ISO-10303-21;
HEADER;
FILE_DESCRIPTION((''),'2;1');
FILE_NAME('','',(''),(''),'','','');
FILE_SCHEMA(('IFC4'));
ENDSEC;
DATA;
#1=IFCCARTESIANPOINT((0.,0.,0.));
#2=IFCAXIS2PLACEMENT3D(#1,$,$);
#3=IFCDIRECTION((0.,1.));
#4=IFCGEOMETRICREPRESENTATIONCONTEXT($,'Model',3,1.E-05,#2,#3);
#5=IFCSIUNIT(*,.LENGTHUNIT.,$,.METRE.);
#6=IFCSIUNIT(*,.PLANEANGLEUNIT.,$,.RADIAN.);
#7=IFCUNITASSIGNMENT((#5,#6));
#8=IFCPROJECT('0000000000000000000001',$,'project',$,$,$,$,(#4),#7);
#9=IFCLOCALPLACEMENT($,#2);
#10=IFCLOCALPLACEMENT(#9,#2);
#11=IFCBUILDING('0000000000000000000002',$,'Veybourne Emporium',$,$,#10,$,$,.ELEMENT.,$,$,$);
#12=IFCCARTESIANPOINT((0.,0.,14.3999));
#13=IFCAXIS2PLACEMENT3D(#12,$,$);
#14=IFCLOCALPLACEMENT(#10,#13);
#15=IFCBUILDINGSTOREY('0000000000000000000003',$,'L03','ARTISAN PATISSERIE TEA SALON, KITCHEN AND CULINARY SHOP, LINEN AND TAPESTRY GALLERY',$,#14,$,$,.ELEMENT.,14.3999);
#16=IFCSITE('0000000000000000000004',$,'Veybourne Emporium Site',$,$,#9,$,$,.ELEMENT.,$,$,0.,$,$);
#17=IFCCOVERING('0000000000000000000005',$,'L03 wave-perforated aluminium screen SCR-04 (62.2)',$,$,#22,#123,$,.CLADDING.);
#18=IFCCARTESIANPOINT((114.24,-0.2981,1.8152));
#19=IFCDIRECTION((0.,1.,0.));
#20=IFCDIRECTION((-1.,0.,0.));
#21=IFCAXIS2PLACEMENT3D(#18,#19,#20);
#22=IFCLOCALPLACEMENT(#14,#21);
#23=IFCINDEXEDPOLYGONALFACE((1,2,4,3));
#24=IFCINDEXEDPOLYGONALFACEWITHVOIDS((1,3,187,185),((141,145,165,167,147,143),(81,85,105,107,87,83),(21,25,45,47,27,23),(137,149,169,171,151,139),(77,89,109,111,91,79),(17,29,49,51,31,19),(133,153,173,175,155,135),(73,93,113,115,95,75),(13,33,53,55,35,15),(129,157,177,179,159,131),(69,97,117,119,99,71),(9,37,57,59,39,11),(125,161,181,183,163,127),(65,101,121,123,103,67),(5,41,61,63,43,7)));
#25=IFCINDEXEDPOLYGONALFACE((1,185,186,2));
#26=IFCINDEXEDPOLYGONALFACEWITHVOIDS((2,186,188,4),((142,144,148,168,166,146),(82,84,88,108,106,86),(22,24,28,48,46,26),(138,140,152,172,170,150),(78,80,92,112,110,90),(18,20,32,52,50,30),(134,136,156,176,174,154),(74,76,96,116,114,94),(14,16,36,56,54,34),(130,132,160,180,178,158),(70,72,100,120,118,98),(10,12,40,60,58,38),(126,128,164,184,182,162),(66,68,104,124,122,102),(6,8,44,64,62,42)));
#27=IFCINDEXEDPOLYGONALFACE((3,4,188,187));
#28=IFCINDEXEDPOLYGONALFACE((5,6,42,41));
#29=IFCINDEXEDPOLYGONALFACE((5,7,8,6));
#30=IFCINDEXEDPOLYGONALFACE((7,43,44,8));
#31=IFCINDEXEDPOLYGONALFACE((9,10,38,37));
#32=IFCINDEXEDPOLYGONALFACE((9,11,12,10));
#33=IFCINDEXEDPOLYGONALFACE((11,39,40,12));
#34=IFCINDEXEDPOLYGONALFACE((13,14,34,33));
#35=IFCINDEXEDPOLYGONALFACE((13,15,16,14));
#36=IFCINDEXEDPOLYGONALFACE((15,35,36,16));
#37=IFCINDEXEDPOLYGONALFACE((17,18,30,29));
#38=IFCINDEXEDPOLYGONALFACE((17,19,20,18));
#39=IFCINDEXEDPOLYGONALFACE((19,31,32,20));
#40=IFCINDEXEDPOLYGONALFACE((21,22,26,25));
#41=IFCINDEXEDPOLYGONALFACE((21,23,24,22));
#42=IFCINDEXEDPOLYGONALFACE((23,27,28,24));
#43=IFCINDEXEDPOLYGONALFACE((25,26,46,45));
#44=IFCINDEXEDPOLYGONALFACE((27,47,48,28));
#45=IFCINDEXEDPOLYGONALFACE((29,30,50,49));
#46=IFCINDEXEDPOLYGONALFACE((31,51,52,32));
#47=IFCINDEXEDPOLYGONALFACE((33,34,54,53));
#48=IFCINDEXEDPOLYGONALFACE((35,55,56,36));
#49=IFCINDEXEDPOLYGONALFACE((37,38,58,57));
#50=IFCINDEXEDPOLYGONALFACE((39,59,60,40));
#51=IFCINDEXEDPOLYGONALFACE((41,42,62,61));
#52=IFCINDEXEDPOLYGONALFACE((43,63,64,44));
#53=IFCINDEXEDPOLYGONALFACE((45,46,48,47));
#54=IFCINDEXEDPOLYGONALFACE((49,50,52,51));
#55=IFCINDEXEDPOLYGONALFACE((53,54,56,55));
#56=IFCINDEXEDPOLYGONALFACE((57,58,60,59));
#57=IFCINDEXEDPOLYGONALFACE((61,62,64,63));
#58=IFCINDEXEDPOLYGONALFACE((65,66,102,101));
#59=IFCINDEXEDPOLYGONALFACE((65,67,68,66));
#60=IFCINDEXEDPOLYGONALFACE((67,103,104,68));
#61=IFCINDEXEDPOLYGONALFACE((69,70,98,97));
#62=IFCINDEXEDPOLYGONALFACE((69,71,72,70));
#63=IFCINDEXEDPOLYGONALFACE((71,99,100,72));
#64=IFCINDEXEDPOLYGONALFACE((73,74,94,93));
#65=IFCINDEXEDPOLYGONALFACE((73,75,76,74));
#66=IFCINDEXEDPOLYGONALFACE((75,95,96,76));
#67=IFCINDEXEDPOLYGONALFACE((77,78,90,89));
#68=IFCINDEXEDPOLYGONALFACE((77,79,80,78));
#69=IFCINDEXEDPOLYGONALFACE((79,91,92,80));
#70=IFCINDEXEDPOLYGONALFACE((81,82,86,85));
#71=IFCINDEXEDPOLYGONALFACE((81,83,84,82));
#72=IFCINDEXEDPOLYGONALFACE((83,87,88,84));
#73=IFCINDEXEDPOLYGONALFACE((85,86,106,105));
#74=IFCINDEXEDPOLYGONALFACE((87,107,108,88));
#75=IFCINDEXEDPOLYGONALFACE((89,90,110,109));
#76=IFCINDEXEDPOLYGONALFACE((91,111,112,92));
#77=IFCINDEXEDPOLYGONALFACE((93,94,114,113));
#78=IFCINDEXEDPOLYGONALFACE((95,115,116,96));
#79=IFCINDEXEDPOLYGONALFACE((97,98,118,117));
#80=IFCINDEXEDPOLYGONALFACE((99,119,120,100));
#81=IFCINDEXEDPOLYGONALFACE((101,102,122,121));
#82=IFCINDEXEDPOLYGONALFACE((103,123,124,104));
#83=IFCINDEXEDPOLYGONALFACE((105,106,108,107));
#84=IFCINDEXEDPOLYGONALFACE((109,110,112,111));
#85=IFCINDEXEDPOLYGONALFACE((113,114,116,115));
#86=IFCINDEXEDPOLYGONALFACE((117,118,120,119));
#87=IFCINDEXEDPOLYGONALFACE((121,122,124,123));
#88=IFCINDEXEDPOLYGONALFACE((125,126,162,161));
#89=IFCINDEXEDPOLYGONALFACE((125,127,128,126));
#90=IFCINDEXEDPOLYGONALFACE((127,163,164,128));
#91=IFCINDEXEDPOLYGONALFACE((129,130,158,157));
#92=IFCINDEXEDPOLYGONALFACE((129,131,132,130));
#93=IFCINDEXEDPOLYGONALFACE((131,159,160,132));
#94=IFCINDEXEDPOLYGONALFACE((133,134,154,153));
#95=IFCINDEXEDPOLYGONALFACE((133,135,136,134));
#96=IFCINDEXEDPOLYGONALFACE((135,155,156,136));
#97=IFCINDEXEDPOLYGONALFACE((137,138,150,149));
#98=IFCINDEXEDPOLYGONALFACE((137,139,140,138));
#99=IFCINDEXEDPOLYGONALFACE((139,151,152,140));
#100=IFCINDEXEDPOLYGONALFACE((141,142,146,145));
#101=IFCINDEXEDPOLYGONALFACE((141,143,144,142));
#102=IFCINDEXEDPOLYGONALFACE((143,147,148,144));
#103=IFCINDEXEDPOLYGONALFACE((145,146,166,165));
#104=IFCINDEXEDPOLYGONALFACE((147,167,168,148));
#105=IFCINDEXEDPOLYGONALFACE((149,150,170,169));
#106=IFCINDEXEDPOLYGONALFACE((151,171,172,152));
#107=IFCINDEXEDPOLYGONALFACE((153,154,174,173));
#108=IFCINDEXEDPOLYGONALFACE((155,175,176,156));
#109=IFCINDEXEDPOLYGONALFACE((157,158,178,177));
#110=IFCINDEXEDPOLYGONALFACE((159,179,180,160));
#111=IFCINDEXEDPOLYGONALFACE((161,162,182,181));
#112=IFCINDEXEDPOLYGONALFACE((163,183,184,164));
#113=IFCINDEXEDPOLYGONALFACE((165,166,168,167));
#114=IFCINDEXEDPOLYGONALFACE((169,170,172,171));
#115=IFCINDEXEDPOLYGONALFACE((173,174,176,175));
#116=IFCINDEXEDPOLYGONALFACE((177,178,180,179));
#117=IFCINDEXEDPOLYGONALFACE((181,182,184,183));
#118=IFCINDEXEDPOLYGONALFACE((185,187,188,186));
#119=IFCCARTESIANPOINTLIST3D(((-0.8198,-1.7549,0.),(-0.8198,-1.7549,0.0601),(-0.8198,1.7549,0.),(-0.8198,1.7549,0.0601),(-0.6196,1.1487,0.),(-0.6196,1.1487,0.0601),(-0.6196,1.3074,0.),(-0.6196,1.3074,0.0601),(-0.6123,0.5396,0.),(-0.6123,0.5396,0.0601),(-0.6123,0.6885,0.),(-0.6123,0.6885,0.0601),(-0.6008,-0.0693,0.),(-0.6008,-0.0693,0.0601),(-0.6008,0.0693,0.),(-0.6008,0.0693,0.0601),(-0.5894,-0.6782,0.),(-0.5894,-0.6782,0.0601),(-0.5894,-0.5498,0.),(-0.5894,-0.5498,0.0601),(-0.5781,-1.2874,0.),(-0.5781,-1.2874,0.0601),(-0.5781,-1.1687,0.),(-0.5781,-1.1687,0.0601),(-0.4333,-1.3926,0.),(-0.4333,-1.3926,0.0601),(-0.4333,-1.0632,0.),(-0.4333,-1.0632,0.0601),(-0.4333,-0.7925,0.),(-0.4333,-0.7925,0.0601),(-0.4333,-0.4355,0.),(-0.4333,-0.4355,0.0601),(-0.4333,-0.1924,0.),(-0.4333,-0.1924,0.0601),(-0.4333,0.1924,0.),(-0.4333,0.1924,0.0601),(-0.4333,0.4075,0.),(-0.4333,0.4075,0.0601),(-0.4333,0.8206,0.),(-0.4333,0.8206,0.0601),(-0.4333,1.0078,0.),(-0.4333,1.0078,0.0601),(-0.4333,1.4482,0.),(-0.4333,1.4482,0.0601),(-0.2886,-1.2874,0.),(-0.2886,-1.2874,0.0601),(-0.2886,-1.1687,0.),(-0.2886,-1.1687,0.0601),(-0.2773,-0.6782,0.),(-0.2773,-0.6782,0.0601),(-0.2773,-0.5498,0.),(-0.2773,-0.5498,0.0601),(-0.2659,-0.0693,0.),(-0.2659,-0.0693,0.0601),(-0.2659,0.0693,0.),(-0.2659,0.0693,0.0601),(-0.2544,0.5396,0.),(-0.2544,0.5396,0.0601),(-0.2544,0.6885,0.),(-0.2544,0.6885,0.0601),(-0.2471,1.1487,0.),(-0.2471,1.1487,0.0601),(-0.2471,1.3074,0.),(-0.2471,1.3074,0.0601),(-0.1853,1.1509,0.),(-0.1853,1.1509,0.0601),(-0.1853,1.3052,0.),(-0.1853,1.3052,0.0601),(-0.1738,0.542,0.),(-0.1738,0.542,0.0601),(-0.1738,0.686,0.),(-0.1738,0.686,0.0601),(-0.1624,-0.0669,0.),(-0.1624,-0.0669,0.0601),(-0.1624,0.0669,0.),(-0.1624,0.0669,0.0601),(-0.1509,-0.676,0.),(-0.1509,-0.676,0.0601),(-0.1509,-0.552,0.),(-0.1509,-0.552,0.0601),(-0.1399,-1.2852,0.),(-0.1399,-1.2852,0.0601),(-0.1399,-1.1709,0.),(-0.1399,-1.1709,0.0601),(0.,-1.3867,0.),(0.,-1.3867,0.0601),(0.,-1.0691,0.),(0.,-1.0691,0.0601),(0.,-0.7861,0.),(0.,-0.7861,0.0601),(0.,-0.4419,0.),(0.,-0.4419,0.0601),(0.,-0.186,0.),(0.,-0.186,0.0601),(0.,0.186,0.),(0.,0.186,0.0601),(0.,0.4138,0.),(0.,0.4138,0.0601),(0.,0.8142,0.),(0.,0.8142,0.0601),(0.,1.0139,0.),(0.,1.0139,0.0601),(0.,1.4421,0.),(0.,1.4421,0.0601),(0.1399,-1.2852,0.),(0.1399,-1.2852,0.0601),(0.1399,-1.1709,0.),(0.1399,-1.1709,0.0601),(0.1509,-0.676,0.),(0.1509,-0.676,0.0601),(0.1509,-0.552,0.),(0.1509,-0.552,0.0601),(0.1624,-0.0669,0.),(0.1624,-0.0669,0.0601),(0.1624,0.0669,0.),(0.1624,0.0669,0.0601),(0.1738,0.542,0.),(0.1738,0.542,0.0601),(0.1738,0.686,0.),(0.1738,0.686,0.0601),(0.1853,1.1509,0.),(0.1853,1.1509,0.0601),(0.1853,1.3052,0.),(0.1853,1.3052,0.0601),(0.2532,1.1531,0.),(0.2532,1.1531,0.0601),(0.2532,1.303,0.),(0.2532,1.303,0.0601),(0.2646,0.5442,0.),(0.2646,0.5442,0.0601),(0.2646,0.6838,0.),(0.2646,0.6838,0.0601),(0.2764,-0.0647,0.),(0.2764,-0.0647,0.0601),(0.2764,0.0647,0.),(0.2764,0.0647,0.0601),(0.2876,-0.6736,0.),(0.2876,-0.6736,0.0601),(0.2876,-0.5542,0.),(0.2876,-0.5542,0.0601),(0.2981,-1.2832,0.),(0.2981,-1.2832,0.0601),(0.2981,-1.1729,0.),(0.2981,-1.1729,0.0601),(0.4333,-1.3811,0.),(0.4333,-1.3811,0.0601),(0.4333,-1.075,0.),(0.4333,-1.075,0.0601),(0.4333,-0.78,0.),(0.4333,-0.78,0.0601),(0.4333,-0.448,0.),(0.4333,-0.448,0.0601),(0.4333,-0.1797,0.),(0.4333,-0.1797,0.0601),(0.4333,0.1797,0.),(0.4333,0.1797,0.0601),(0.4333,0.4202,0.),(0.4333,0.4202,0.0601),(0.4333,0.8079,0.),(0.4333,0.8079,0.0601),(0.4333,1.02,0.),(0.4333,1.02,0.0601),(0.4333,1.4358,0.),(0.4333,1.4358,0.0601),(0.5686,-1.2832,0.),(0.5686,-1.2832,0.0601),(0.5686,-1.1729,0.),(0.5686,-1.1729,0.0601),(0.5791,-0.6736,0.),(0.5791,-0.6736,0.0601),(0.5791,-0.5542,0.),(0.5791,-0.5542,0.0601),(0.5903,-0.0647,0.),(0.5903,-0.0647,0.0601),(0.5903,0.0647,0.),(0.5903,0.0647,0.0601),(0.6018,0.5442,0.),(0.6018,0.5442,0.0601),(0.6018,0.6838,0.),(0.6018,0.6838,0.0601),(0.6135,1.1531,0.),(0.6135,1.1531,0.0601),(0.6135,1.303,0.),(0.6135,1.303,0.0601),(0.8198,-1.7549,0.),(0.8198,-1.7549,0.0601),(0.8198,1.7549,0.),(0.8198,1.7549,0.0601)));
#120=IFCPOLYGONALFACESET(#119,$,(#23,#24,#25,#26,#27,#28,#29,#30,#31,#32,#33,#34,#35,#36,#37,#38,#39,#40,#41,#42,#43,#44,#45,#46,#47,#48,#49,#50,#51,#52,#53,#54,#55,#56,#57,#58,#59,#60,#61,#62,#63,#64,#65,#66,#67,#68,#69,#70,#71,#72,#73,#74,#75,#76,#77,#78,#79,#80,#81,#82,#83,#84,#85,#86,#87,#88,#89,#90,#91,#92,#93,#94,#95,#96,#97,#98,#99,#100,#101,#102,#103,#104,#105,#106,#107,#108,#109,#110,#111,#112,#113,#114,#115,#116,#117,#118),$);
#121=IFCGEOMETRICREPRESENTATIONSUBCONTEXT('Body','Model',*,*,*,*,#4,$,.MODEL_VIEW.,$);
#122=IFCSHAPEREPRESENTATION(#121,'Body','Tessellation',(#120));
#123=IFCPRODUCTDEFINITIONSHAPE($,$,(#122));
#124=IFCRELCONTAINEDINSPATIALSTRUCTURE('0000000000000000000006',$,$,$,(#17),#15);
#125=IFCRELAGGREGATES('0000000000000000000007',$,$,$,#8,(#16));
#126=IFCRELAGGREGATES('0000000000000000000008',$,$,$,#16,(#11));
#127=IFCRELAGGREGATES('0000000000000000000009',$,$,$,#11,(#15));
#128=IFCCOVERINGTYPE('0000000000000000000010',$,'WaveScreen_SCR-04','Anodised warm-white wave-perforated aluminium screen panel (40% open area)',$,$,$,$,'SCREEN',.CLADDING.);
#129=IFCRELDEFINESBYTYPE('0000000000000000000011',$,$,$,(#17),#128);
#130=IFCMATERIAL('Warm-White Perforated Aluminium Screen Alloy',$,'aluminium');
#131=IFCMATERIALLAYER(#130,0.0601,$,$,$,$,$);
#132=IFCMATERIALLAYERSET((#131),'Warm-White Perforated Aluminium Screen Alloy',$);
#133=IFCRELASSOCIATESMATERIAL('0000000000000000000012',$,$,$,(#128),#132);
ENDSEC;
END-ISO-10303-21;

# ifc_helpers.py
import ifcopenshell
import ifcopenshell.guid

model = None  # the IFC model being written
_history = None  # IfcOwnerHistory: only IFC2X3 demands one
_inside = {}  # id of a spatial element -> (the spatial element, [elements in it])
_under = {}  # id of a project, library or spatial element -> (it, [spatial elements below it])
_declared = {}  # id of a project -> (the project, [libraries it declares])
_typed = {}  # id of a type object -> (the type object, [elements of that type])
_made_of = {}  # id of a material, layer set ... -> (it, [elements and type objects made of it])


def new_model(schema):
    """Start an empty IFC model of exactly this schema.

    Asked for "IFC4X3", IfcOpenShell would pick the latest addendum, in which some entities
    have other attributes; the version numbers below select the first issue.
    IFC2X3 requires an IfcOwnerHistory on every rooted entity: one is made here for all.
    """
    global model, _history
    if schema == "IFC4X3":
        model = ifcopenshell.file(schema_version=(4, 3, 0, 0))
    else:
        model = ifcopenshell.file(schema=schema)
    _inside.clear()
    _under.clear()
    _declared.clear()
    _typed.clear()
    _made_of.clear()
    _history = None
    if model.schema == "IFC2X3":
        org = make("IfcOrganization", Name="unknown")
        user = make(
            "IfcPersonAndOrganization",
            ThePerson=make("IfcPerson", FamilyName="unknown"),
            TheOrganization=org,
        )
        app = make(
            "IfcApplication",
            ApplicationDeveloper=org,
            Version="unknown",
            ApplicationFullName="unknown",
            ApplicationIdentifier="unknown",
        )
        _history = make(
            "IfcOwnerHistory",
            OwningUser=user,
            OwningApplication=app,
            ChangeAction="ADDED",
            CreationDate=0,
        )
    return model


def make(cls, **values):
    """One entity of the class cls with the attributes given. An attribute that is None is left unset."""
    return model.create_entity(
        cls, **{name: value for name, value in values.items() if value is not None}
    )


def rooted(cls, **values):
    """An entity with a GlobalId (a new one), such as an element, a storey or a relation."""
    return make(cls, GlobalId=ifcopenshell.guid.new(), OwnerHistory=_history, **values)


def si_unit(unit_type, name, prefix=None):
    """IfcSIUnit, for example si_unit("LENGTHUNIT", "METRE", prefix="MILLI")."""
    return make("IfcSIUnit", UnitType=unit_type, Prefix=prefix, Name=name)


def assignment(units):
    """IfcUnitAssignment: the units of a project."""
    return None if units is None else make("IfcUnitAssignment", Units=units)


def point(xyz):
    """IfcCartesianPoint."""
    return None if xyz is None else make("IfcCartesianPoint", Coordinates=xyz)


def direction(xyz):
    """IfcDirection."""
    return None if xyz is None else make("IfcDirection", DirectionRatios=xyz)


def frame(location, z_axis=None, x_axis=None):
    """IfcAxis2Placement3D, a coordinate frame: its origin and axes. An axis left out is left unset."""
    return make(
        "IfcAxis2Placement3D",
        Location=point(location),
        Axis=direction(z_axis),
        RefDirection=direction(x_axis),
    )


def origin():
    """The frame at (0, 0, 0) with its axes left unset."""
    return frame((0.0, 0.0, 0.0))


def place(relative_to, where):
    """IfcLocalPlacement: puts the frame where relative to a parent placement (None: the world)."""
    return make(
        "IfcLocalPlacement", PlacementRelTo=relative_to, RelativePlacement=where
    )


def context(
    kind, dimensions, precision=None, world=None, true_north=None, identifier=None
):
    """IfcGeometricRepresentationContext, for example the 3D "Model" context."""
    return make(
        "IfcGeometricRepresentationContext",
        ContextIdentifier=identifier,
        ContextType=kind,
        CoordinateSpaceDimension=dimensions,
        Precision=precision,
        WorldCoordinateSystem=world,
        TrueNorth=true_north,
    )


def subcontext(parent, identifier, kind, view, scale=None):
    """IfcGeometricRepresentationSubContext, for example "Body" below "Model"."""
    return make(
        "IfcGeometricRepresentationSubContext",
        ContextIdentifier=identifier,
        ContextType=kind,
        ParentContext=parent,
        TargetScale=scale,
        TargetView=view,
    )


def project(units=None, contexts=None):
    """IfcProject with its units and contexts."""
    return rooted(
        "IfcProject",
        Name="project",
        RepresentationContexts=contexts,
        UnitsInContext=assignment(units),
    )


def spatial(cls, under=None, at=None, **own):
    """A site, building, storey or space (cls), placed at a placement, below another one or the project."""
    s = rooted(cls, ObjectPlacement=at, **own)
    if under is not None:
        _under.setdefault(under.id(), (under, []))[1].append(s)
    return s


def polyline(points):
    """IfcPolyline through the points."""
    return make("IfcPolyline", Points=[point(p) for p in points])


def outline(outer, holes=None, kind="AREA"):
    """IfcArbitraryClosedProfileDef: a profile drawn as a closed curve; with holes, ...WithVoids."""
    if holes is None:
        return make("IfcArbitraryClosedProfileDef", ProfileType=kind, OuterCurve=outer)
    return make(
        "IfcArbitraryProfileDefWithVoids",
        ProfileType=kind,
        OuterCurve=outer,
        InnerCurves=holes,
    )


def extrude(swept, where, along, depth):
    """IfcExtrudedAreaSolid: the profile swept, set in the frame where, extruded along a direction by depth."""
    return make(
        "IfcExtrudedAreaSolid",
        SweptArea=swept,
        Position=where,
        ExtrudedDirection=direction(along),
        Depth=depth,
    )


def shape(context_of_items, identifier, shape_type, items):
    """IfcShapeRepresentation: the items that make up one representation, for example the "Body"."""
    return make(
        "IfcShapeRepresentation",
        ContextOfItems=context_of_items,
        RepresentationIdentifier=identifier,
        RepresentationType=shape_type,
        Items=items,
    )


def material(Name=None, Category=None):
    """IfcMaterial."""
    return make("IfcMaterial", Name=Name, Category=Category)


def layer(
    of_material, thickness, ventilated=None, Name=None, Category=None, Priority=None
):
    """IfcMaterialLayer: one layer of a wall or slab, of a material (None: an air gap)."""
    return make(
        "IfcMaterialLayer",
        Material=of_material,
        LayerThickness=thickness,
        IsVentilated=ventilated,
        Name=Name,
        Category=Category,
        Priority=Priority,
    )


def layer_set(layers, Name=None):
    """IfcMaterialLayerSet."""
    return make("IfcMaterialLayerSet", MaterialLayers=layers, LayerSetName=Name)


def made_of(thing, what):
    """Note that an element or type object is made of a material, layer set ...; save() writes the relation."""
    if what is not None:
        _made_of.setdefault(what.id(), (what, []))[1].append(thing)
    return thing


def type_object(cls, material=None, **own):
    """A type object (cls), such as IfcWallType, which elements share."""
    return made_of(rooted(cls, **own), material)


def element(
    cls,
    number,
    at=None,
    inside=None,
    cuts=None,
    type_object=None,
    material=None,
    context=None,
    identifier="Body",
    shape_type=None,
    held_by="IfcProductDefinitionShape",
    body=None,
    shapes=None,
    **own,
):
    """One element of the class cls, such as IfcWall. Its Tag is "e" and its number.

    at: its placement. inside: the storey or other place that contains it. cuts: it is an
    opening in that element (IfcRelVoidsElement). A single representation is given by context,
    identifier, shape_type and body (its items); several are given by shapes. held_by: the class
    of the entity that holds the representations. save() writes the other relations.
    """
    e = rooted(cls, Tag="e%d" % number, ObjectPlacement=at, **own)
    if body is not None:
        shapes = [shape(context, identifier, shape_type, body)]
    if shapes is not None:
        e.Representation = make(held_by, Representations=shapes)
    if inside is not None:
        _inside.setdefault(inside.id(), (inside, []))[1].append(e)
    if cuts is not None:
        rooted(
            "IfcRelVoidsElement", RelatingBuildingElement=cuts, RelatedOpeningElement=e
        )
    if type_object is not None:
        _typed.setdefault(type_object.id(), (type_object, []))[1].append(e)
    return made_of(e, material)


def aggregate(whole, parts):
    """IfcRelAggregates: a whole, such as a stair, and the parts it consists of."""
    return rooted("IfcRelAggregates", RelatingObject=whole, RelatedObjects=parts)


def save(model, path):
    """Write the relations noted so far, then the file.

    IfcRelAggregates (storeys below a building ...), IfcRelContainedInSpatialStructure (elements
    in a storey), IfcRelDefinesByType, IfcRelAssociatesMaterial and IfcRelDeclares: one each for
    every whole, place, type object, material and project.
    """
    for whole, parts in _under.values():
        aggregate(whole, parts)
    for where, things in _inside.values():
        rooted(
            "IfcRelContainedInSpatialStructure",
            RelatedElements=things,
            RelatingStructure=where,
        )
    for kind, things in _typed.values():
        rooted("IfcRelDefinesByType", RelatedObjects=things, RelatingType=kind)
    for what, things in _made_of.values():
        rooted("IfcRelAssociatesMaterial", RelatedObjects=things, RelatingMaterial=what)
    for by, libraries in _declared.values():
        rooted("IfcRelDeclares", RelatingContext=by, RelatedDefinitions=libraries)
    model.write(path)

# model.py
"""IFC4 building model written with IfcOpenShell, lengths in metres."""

from ifc_helpers import new_model, si_unit, direction, frame, origin, place, context, subcontext, project, spatial, polyline, outline, extrude, material, layer, layer_set, type_object, element, save


model = new_model("IFC4")

# Units and contexts
model_context = context("Model", 3, precision=1e-05, world=origin(), true_north=direction((0.0, 1.0)))
body_context = subcontext(model_context, "Body", "Model", "MODEL_VIEW")
ifc_project = project(units=[si_unit("LENGTHUNIT", "METRE"), si_unit("PLANEANGLEUNIT", "RADIAN")], contexts=[model_context])

# Site, building, storey
site_placement = place(None, origin())
site = spatial("IfcSite", under=ifc_project, at=site_placement, Name="Veybourne Emporium Site", CompositionType="ELEMENT", RefElevation=0.0)
building_placement = place(site_placement, origin())
building = spatial("IfcBuilding", under=site, at=building_placement, Name="Veybourne Emporium", CompositionType="ELEMENT")
storey_placement = place(building_placement, frame((0.0, 0.0, 14.3999)))
storey = spatial("IfcBuildingStorey", under=building, at=storey_placement, Name="L03", Description="ARTISAN PATISSERIE TEA SALON, KITCHEN AND CULINARY SHOP, LINEN AND TAPESTRY GALLERY", CompositionType="ELEMENT", Elevation=14.3999)

# Covering
ifc_material_1 = material(Name="Warm-White Perforated Aluminium Screen Alloy", Category="aluminium")
ifc_layer_1 = layer(ifc_material_1, 0.0601)
ifc_layer_set_1 = layer_set([ifc_layer_1], Name="Warm-White Perforated Aluminium Screen Alloy")
covering_type_1 = type_object("IfcCoveringType", Name="WaveScreen_SCR-04", Description="Anodised warm-white wave-perforated aluminium screen panel (40% open area)", ElementType="SCREEN", PredefinedType="CLADDING", material=ifc_layer_set_1)
covering_1_placement = place(storey_placement, frame((114.24, -0.2981, 1.8152), z_axis=(0.0, 1.0, 0.0), x_axis=(-1.0, 0.0, 0.0)))
element("IfcCovering", 1, at=covering_1_placement, inside=storey, type_object=covering_type_1, Name="L03 wave-perforated aluminium screen SCR-04 (62.2)", PredefinedType="CLADDING", context=body_context, shape_type="SweptSolid", body=[
    extrude(outline(polyline([(-0.8198, -1.7549), (0.8198, -1.7549), (0.8198, 1.7549), (-0.8198, 1.7549), (-0.8198, -1.7549)]), holes=[polyline([(-0.4333, -1.0632), (-0.2886, -1.1687), (-0.2886, -1.2874), (-0.4333, -1.3926), (-0.5781, -1.2874), (-0.5781, -1.1687), (-0.4333, -1.0632)]), polyline([(-0.4333, -0.4355), (-0.2773, -0.5498), (-0.2773, -0.6782), (-0.4333, -0.7925), (-0.5894, -0.6782), (-0.5894, -0.5498), (-0.4333, -0.4355)]), polyline([(-0.4333, 0.1924), (-0.2659, 0.0693), (-0.2659, -0.0693), (-0.4333, -0.1924), (-0.6008, -0.0693), (-0.6008, 0.0693), (-0.4333, 0.1924)]), polyline([(-0.4333, 0.8206), (-0.2544, 0.6885), (-0.2544, 0.5396), (-0.4333, 0.4075), (-0.6123, 0.5396), (-0.6123, 0.6885), (-0.4333, 0.8206)]), polyline([(-0.4333, 1.4482), (-0.2471, 1.3074), (-0.2471, 1.1487), (-0.4333, 1.0078), (-0.6196, 1.1487), (-0.6196, 1.3074), (-0.4333, 1.4482)]), polyline([(0.0, -1.0691), (0.1399, -1.1709), (0.1399, -1.2852), (0.0, -1.3867), (-0.1399, -1.2852), (-0.1399, -1.1709), (0.0, -1.0691)]), polyline([(0.0, -0.4419), (0.1509, -0.552), (0.1509, -0.676), (0.0, -0.7861), (-0.1509, -0.676), (-0.1509, -0.552), (0.0, -0.4419)]), polyline([(0.0, 0.186), (0.1624, 0.0669), (0.1624, -0.0669), (0.0, -0.186), (-0.1624, -0.0669), (-0.1624, 0.0669), (0.0, 0.186)]), polyline([(0.0, 0.8142), (0.1738, 0.686), (0.1738, 0.542), (0.0, 0.4138), (-0.1738, 0.542), (-0.1738, 0.686), (0.0, 0.8142)]), polyline([(0.0, 1.4421), (0.1853, 1.3052), (0.1853, 1.1509), (0.0, 1.0139), (-0.1853, 1.1509), (-0.1853, 1.3052), (0.0, 1.4421)]), polyline([(0.4333, -1.075), (0.5686, -1.1729), (0.5686, -1.2832), (0.4333, -1.3811), (0.2981, -1.2832), (0.2981, -1.1729), (0.4333, -1.075)]), polyline([(0.4333, -0.448), (0.5791, -0.5542), (0.5791, -0.6736), (0.4333, -0.78), (0.2876, -0.6736), (0.2876, -0.5542), (0.4333, -0.448)]), polyline([(0.4333, 0.1797), (0.5903, 0.0647), (0.5903, -0.0647), (0.4333, -0.1797), (0.2764, -0.0647), (0.2764, 0.0647), (0.4333, 0.1797)]), polyline([(0.4333, 0.8079), (0.6018, 0.6838), (0.6018, 0.5442), (0.4333, 0.4202), (0.2646, 0.5442), (0.2646, 0.6838), (0.4333, 0.8079)]), polyline([(0.4333, 1.4358), (0.6135, 1.303), (0.6135, 1.1531), (0.4333, 1.02), (0.2532, 1.1531), (0.2532, 1.303), (0.4333, 1.4358)])]), origin(), (0.0, 0.0, 1.0), 0.0601),
])

save(model, "model.ifc")
